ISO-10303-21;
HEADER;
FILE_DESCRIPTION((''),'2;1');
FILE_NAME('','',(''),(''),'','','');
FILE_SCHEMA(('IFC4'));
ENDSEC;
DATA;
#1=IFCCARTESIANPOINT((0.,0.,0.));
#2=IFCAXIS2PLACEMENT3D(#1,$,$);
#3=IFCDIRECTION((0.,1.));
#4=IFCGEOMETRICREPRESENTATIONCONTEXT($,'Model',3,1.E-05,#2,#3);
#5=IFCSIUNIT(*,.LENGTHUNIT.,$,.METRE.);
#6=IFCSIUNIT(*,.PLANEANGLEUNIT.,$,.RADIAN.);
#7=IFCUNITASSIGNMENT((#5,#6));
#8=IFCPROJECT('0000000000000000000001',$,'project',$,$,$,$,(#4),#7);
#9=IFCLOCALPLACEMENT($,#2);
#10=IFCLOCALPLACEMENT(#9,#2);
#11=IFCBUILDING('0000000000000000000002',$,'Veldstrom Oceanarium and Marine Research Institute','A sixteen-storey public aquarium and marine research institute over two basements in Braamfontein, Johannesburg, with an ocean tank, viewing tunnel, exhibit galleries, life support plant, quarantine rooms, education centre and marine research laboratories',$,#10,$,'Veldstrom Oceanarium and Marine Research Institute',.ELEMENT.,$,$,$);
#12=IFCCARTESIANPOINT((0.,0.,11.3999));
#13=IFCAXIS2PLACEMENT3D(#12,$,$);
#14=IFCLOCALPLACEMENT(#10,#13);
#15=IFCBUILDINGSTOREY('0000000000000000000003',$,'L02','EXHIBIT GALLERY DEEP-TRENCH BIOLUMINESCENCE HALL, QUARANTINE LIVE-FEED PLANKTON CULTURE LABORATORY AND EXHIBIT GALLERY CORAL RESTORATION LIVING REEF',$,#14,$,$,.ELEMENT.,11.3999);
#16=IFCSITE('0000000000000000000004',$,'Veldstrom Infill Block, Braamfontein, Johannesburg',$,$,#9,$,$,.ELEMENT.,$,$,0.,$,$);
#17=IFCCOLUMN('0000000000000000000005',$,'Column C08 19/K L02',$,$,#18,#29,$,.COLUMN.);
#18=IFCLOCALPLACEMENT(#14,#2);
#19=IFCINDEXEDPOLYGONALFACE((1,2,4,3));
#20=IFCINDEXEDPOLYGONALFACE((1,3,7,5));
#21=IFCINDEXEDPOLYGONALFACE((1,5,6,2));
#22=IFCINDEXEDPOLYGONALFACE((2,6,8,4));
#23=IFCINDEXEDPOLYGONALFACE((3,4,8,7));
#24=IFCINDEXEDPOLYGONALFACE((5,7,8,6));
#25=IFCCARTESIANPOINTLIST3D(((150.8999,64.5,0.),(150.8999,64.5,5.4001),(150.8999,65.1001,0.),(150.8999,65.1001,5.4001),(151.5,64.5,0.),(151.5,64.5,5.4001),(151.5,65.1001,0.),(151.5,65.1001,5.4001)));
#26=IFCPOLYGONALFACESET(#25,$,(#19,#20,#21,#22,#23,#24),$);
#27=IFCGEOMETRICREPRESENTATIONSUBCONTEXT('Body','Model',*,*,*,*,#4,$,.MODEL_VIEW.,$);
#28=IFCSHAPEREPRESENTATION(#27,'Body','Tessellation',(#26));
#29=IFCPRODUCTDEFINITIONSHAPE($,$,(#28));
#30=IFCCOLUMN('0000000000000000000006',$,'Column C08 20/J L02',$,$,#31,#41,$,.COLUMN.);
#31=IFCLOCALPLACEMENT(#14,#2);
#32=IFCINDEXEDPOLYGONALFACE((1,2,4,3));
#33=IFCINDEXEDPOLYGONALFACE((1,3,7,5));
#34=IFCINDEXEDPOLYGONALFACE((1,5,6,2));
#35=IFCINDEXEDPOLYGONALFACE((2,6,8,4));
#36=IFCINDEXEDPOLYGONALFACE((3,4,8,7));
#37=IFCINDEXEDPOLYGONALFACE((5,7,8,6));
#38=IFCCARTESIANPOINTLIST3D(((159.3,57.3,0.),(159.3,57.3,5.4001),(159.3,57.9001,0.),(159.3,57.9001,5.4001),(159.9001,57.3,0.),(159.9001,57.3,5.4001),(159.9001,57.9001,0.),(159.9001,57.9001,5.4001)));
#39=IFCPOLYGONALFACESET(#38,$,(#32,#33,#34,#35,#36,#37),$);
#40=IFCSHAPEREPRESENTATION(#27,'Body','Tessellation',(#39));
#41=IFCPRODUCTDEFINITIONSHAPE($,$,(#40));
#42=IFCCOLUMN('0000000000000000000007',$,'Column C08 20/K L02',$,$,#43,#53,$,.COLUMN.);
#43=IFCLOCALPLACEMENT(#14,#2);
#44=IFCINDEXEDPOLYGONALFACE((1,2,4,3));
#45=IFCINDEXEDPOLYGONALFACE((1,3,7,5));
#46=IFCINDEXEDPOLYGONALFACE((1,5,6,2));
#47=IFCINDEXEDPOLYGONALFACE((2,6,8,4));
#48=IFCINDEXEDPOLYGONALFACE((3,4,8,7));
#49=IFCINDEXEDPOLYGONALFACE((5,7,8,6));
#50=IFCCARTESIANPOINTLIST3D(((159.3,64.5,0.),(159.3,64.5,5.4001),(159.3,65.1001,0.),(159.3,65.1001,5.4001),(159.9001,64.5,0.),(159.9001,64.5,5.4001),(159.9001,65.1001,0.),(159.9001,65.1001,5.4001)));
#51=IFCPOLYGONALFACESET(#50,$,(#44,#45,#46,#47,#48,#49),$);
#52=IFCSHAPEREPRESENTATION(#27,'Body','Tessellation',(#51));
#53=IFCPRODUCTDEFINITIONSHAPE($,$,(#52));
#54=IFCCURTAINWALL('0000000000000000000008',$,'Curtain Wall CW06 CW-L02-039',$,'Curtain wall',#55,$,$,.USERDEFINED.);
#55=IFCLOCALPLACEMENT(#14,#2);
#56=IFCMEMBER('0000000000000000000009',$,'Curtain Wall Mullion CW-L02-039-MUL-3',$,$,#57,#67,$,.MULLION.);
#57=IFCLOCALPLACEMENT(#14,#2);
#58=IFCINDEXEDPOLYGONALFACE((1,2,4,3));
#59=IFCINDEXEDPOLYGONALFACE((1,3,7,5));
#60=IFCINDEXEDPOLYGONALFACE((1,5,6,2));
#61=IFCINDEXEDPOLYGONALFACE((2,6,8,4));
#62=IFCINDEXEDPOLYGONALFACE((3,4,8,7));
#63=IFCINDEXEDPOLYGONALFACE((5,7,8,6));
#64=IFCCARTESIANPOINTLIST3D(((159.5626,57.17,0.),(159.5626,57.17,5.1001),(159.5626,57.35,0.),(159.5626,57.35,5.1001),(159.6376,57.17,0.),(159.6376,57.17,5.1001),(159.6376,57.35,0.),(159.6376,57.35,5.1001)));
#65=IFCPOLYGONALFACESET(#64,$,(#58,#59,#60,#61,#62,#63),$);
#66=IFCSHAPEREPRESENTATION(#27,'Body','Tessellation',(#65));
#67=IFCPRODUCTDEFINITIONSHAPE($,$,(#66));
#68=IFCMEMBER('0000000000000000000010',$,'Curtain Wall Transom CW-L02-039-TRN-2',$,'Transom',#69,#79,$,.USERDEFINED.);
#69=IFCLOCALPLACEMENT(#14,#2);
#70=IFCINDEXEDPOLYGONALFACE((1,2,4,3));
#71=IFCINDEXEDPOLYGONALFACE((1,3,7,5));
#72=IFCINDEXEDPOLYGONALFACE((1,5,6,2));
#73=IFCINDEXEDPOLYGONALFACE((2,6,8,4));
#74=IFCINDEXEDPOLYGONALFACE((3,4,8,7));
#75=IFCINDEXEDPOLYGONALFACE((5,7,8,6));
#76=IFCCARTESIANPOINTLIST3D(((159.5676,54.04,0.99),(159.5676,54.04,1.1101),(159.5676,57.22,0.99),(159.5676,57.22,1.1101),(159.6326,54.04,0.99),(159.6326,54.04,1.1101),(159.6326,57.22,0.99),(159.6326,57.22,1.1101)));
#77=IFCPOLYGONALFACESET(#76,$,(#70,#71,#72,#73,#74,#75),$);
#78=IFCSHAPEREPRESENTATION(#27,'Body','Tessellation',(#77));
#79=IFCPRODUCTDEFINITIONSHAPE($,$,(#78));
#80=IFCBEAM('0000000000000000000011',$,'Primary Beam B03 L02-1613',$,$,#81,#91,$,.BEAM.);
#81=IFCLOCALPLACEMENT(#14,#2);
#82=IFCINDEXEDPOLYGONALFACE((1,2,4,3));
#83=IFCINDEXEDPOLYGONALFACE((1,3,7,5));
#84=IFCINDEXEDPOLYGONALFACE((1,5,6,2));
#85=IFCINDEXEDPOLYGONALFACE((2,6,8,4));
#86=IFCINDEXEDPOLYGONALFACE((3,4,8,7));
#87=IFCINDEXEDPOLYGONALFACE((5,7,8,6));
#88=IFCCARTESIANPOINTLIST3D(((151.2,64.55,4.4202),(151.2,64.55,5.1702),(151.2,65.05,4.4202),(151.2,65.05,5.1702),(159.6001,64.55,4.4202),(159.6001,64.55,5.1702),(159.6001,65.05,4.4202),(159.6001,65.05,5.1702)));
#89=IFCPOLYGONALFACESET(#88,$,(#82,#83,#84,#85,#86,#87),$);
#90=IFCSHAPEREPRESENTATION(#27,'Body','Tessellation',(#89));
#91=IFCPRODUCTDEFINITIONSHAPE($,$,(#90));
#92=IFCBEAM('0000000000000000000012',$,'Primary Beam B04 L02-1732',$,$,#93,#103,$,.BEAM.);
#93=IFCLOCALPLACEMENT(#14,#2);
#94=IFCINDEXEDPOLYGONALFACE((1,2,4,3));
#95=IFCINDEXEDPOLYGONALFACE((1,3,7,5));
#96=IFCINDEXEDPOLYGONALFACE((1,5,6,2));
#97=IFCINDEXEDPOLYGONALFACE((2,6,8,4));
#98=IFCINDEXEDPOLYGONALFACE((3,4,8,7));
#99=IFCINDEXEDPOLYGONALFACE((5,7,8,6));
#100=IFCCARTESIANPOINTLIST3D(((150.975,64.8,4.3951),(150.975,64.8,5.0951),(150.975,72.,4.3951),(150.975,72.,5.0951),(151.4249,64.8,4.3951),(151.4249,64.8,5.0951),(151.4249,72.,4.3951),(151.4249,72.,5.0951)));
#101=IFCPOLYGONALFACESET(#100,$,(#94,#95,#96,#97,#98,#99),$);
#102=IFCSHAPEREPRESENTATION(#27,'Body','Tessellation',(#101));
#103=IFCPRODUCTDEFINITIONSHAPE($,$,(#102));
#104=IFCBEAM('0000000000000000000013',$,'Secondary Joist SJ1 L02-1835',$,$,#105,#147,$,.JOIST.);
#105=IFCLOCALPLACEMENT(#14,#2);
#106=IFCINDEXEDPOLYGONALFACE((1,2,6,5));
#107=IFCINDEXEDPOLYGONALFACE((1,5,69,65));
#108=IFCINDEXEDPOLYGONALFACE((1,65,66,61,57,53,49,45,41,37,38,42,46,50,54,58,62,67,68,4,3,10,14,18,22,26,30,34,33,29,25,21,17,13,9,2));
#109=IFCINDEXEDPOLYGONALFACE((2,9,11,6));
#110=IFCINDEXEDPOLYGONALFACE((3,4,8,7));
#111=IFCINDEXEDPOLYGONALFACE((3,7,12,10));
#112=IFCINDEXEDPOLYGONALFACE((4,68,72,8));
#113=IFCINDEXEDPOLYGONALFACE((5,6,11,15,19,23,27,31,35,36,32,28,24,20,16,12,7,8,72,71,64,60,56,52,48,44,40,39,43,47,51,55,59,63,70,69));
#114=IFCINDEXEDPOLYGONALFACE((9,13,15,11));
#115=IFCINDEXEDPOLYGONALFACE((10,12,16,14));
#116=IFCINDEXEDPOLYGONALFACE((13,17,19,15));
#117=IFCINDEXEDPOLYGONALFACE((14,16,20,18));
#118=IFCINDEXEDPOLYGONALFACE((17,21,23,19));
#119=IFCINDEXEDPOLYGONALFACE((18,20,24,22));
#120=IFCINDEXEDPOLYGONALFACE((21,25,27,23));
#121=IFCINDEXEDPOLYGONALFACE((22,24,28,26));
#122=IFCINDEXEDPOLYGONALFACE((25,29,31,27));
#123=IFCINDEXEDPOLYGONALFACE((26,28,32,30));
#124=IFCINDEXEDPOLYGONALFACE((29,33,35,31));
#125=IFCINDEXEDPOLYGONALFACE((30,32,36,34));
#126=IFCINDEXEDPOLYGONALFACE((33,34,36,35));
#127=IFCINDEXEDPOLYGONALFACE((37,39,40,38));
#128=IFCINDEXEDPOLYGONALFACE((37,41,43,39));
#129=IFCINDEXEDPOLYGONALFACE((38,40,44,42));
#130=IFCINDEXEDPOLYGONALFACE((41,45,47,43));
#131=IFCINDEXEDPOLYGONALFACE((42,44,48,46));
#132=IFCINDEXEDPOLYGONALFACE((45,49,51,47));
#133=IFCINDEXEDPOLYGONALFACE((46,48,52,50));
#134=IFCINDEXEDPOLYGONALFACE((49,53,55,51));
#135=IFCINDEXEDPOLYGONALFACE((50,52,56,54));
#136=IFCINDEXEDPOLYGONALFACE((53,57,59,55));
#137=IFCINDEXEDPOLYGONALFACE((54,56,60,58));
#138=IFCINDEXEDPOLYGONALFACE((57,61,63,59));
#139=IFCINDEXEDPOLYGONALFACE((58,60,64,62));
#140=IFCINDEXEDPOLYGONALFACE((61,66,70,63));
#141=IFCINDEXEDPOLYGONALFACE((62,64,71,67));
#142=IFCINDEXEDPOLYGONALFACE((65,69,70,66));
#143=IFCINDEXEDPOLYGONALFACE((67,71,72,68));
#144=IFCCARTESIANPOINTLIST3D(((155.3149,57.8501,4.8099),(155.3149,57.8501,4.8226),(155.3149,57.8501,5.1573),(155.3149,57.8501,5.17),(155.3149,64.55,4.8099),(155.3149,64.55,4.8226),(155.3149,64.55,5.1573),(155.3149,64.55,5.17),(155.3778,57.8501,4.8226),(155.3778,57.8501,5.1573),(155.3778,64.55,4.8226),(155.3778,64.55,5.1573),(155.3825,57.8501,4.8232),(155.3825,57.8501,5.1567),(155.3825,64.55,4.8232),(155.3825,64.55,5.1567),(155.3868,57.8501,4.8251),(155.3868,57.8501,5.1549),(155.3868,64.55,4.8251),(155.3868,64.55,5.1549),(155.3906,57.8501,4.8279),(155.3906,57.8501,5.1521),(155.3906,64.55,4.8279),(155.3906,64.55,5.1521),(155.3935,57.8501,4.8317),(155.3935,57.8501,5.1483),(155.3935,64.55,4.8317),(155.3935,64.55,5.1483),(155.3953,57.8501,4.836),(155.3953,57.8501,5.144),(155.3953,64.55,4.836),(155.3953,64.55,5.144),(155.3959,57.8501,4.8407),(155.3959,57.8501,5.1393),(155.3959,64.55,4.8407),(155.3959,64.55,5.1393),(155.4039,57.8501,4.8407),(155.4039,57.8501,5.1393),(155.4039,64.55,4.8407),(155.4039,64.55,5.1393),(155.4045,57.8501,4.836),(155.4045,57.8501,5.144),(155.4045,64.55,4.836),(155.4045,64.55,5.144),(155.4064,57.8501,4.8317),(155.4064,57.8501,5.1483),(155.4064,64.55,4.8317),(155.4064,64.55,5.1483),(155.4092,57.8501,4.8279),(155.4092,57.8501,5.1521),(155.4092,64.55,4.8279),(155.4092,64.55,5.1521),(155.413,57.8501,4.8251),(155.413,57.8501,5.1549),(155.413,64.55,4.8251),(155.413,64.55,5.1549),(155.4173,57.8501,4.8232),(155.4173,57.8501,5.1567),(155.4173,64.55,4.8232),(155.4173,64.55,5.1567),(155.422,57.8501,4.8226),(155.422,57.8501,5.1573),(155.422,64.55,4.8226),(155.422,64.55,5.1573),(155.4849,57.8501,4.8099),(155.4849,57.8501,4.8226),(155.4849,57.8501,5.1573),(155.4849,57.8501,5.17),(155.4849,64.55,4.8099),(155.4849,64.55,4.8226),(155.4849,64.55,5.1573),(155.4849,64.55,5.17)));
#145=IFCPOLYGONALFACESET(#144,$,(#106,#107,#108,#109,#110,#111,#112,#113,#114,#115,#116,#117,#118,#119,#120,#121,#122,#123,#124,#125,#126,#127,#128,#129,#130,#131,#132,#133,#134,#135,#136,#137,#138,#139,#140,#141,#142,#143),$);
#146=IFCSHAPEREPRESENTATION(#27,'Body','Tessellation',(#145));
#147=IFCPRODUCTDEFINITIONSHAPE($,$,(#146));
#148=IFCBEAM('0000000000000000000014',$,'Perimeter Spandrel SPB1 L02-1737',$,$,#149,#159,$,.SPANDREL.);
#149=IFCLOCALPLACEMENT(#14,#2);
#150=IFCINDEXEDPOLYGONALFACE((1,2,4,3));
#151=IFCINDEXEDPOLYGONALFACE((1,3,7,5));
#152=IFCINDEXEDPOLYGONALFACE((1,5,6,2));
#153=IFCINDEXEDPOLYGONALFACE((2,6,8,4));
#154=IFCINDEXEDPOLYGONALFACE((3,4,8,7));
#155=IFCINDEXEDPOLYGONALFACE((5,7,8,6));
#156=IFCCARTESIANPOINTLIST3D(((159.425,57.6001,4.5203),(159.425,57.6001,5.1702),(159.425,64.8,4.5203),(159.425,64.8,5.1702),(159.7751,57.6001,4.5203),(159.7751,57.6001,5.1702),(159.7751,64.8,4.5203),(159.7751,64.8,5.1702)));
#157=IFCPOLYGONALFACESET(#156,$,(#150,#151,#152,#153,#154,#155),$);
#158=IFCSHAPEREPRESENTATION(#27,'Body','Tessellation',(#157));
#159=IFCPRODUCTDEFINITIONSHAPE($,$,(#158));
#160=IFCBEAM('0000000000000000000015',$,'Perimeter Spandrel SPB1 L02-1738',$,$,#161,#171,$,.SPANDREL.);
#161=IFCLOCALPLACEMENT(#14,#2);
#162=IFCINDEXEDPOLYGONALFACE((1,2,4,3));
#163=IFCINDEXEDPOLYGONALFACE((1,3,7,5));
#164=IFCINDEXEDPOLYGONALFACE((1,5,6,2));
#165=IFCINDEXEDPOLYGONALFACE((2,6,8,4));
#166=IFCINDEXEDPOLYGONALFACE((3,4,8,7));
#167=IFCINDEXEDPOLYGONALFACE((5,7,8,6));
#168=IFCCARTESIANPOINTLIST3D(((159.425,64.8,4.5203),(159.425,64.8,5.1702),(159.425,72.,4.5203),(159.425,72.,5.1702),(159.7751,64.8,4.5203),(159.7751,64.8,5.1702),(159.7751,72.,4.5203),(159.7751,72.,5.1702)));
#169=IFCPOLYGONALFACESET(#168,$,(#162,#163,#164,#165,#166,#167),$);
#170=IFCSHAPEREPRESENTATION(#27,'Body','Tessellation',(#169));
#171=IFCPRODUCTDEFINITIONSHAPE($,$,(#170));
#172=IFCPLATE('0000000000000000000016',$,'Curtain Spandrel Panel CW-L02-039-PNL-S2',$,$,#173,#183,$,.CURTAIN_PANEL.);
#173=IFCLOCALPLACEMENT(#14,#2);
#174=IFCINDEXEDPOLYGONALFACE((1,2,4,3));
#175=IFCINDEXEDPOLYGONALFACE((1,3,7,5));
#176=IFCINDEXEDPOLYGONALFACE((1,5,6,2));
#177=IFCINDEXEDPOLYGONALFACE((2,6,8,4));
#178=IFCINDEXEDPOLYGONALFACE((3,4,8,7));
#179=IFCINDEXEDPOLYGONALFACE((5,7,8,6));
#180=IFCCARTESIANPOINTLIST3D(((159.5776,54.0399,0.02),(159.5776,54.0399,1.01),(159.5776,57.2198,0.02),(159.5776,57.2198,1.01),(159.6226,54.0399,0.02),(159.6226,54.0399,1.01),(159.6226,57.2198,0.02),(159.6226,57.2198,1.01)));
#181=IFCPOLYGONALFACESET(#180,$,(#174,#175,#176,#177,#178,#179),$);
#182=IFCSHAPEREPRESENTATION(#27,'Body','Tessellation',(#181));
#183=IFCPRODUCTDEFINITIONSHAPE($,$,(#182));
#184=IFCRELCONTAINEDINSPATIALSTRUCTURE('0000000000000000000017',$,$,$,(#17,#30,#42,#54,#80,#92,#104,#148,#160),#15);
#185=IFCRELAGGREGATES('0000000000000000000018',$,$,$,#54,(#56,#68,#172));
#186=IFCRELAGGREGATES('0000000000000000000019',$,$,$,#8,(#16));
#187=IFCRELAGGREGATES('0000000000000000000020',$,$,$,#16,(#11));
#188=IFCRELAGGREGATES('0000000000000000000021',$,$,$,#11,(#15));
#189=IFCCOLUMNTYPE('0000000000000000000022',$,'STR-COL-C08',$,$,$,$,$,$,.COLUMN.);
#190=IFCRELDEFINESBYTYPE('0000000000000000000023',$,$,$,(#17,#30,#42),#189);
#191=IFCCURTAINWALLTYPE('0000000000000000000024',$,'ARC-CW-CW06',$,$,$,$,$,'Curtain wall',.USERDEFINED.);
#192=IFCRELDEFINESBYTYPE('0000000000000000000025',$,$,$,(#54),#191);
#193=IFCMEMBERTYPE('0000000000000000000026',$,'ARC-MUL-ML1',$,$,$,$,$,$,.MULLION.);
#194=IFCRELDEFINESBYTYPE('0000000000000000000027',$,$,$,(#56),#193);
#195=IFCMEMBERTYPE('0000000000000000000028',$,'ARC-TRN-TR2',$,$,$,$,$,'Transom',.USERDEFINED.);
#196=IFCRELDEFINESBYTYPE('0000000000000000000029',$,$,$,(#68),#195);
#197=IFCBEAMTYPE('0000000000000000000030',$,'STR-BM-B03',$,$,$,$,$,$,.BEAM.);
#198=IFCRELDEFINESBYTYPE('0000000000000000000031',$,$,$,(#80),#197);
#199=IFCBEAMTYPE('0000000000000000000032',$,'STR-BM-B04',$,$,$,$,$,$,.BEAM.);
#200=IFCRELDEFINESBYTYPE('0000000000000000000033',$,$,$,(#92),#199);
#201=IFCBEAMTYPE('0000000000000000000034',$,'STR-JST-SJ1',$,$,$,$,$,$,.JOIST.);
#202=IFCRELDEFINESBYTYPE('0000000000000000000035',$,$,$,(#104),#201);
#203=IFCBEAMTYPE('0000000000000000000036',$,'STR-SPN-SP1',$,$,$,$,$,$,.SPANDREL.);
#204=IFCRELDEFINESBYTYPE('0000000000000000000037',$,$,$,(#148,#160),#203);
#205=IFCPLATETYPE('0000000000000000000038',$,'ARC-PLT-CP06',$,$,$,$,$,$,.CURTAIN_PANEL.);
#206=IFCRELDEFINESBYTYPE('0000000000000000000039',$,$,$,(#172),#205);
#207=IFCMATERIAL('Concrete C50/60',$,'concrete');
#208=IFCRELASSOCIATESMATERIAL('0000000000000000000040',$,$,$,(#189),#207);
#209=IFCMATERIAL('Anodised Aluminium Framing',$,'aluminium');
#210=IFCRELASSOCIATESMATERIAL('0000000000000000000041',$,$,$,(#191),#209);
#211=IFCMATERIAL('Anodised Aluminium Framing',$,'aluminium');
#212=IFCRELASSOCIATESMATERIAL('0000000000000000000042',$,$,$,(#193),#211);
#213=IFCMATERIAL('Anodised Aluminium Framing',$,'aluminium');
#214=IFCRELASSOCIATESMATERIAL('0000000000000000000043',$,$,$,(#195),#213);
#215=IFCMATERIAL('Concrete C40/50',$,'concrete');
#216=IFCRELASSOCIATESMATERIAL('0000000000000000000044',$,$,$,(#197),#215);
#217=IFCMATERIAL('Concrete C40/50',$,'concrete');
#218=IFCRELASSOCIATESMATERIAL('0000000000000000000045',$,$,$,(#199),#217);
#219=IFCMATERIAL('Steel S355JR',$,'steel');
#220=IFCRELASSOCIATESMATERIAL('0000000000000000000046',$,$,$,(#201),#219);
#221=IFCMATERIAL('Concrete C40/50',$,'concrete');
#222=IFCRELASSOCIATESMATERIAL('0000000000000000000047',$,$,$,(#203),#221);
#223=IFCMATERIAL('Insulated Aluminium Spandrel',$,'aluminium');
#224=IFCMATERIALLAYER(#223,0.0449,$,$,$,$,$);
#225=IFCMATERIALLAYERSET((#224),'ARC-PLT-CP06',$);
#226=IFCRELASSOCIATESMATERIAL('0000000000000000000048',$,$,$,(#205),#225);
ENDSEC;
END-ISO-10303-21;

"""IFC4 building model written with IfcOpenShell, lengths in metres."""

from ifc_helpers import new_model, si_unit, direction, frame, origin, origin_2d, place, context, subcontext, project, spatial, rectangle, i_section, extrude, material, layer, layer_set, material_profile, profile_set, type_object, element, aggregate, save


model = new_model("IFC4")

# Units and contexts
model_context = context("Model", 3, precision=1e-05, world=origin(), true_north=direction((0.0, 1.0)))
body_context = subcontext(model_context, "Body", "Model", "MODEL_VIEW")
ifc_project = project(units=[si_unit("LENGTHUNIT", "METRE"), si_unit("PLANEANGLEUNIT", "RADIAN")], contexts=[model_context])

# Site, building, storey
site_placement = place(None, origin())
site = spatial("IfcSite", under=ifc_project, at=site_placement, Name="Veldstrom Infill Block, Braamfontein, Johannesburg", CompositionType="ELEMENT", RefElevation=0.0)
building_placement = place(site_placement, origin())
building = spatial("IfcBuilding", under=site, at=building_placement, Name="Veldstrom Oceanarium and Marine Research Institute", Description="A sixteen-storey public aquarium and marine research institute over two basements in Braamfontein, Johannesburg, with an ocean tank, viewing tunnel, exhibit galleries, life support plant, quarantine rooms, education centre and marine research laboratories", LongName="Veldstrom Oceanarium and Marine Research Institute", CompositionType="ELEMENT")
storey_placement = place(building_placement, frame((0.0, 0.0, 11.3999)))
storey = spatial("IfcBuildingStorey", under=building, at=storey_placement, Name="L02", Description="EXHIBIT GALLERY DEEP-TRENCH BIOLUMINESCENCE HALL, QUARANTINE LIVE-FEED PLANKTON CULTURE LABORATORY AND EXHIBIT GALLERY CORAL RESTORATION LIVING REEF", CompositionType="ELEMENT", Elevation=11.3999)

# Columns
ifc_material_1 = material(Name="Concrete C50/60", Category="concrete")
ifc_material_profile_1 = material_profile(ifc_material_1, rectangle(XDim=0.6001, YDim=0.6001, at=origin_2d()), Name="RC-COL-600x600")
ifc_profile_set_1 = profile_set([ifc_material_profile_1], Name="Concrete C50/60")
column_type = type_object("IfcColumnType", Name="STR-COL-C08", PredefinedType="COLUMN", material=ifc_profile_set_1)
for number, where, z_axis, x_axis, name in (
    (1, (151.2, 64.8, 0.0), (0.0, 0.0, 1.0), (1.0, 0.0, 0.0), "Column C08 19/K L02"),
    (2, (159.6001, 57.6001, 0.0), (0.0, 0.0, 1.0), (1.0, 0.0, 0.0), "Column C08 20/J L02"),
    (3, (159.6001, 64.8, 0.0), (0.0, 0.0, 1.0), (1.0, 0.0, 0.0), "Column C08 20/K L02"),
):
    element("IfcColumn", number, at=place(storey_placement, frame(where, z_axis=z_axis, x_axis=x_axis)), inside=storey, type_object=column_type, Name=name, PredefinedType="COLUMN", context=body_context, shape_type="SweptSolid", body=[
        extrude(rectangle(XDim=0.6001, YDim=0.6001, at=origin_2d()), origin(), (0.0, 0.0, 1.0), 5.4001),
    ])

# Curtain wall, members
ifc_material_2 = material(Name="Anodised Aluminium Framing", Category="aluminium")
curtain_wall_type = type_object("IfcCurtainWallType", Name="ARC-CW-CW06", ElementType="Curtain wall", PredefinedType="USERDEFINED", material=ifc_material_2)
curtain_wall_placement = place(storey_placement, origin())
curtain_wall = element("IfcCurtainWall", 4, at=curtain_wall_placement, inside=storey, type_object=curtain_wall_type, Name="Curtain Wall CW06 CW-L02-039", ObjectType="Curtain wall", PredefinedType="USERDEFINED")
ifc_material_3 = material(Name="Anodised Aluminium Framing", Category="aluminium")
ifc_material_profile_2 = material_profile(ifc_material_3, rectangle(XDim=0.075, YDim=0.1799, at=origin_2d()), Name="ALU-MUL-75x180")
ifc_profile_set_2 = profile_set([ifc_material_profile_2], Name="Anodised Aluminium Framing")
member_type_1 = type_object("IfcMemberType", Name="ARC-MUL-ML1", PredefinedType="MULLION", material=ifc_profile_set_2)
member_1_placement = place(storey_placement, frame((159.6001, 57.26, 0.0), z_axis=(0.0, 0.0, 1.0), x_axis=(1.0, 0.0, 0.0)))
member_1 = element("IfcMember", 5, at=member_1_placement, type_object=member_type_1, Name="Curtain Wall Mullion CW-L02-039-MUL-3", PredefinedType="MULLION", context=body_context, shape_type="SweptSolid", body=[
    extrude(rectangle(XDim=0.075, YDim=0.1799, at=origin_2d()), origin(), (0.0, 0.0, 1.0), 5.1001),
])
ifc_material_4 = material(Name="Anodised Aluminium Framing", Category="aluminium")
ifc_material_profile_3 = material_profile(ifc_material_4, rectangle(XDim=0.0649, YDim=0.1201, at=origin_2d()), Name="ALU-TRN-65x120")
ifc_profile_set_3 = profile_set([ifc_material_profile_3], Name="Anodised Aluminium Framing")
member_type_2 = type_object("IfcMemberType", Name="ARC-TRN-TR2", ElementType="Transom", PredefinedType="USERDEFINED", material=ifc_profile_set_3)
member_2_placement = place(storey_placement, frame((159.6001, 54.04, 1.05), z_axis=(0.0, 1.0, 0.0), x_axis=(-1.0, 0.0, 0.0)))
member_2 = element("IfcMember", 6, at=member_2_placement, type_object=member_type_2, Name="Curtain Wall Transom CW-L02-039-TRN-2", ObjectType="Transom", PredefinedType="USERDEFINED", context=body_context, shape_type="SweptSolid", body=[
    extrude(rectangle(XDim=0.0649, YDim=0.1201, at=origin_2d()), origin(), (0.0, 0.0, 1.0), 3.1799),
])

# Beams
ifc_material_5 = material(Name="Concrete C40/50", Category="concrete")
ifc_material_profile_4 = material_profile(ifc_material_5, rectangle(XDim=0.5, YDim=0.75, at=origin_2d()), Name="RC-BM-500x750")
ifc_profile_set_4 = profile_set([ifc_material_profile_4], Name="Concrete C40/50")
beam_type_1 = type_object("IfcBeamType", Name="STR-BM-B03", PredefinedType="BEAM", material=ifc_profile_set_4)
beam_1_placement = place(storey_placement, frame((151.2, 64.8, 4.7952), z_axis=(1.0, 0.0, 0.0), x_axis=(0.0, 1.0, 0.0)))
element("IfcBeam", 7, at=beam_1_placement, inside=storey, type_object=beam_type_1, Name="Primary Beam B03 L02-1613", PredefinedType="BEAM", context=body_context, shape_type="SweptSolid", body=[
    extrude(rectangle(XDim=0.5, YDim=0.75, at=origin_2d()), origin(), (0.0, 0.0, 1.0), 8.4001),
])
ifc_material_6 = material(Name="Concrete C40/50", Category="concrete")
ifc_material_profile_5 = material_profile(ifc_material_6, rectangle(XDim=0.45, YDim=0.7, at=origin_2d()), Name="RC-BM-450x700")
ifc_profile_set_5 = profile_set([ifc_material_profile_5], Name="Concrete C40/50")
beam_type_2 = type_object("IfcBeamType", Name="STR-BM-B04", PredefinedType="BEAM", material=ifc_profile_set_5)
beam_2_placement = place(storey_placement, frame((151.2, 64.8, 4.7451), z_axis=(0.0, 1.0, 0.0), x_axis=(-1.0, 0.0, 0.0)))
element("IfcBeam", 8, at=beam_2_placement, inside=storey, type_object=beam_type_2, Name="Primary Beam B04 L02-1732", PredefinedType="BEAM", context=body_context, shape_type="SweptSolid", body=[
    extrude(rectangle(XDim=0.45, YDim=0.7, at=origin_2d()), origin(), (0.0, 0.0, 1.0), 7.2),
])
ifc_material_7 = material(Name="Steel S355JR", Category="steel")
ifc_material_profile_6 = material_profile(ifc_material_7, i_section(OverallWidth=0.1699, OverallDepth=0.3601, WebThickness=0.0081, FlangeThickness=0.0127, FilletRadius=0.0181, at=origin_2d()), Name="IPE 360")
ifc_profile_set_6 = profile_set([ifc_material_profile_6], Name="Steel S355JR")
beam_type_3 = type_object("IfcBeamType", Name="STR-JST-SJ1", PredefinedType="JOIST", material=ifc_profile_set_6)
beam_3_placement = place(storey_placement, frame((155.3999, 57.8501, 4.99), z_axis=(0.0, 1.0, 0.0), x_axis=(-1.0, 0.0, 0.0)))
element("IfcBeam", 9, at=beam_3_placement, inside=storey, type_object=beam_type_3, Name="Secondary Joist SJ1 L02-1835", PredefinedType="JOIST", context=body_context, shape_type="SweptSolid", body=[
    extrude(i_section(OverallWidth=0.1699, OverallDepth=0.3601, WebThickness=0.0081, FlangeThickness=0.0127, FilletRadius=0.0181, at=origin_2d()), origin(), (0.0, 0.0, 1.0), 6.7),
])
ifc_material_8 = material(Name="Concrete C40/50", Category="concrete")
ifc_material_profile_7 = material_profile(ifc_material_8, rectangle(XDim=0.3501, YDim=0.6499, at=origin_2d()), Name="RC-SPN-350x650")
ifc_profile_set_7 = profile_set([ifc_material_profile_7], Name="Concrete C40/50")
beam_type_4 = type_object("IfcBeamType", Name="STR-SPN-SP1", PredefinedType="SPANDREL", material=ifc_profile_set_7)
for number, where, z_axis, x_axis, name in (
    (10, (159.6001, 57.6001, 4.8452), (0.0, 1.0, 0.0), (-1.0, 0.0, 0.0), "Perimeter Spandrel SPB1 L02-1737"),
    (11, (159.6001, 64.8, 4.8452), (0.0, 1.0, 0.0), (-1.0, 0.0, 0.0), "Perimeter Spandrel SPB1 L02-1738"),
):
    element("IfcBeam", number, at=place(storey_placement, frame(where, z_axis=z_axis, x_axis=x_axis)), inside=storey, type_object=beam_type_4, Name=name, PredefinedType="SPANDREL", context=body_context, shape_type="SweptSolid", body=[
        extrude(rectangle(XDim=0.3501, YDim=0.6499, at=origin_2d()), origin(), (0.0, 0.0, 1.0), 7.2),
    ])

# Plate
ifc_material_9 = material(Name="Insulated Aluminium Spandrel", Category="aluminium")
ifc_layer_1 = layer(ifc_material_9, 0.0449)
ifc_layer_set_1 = layer_set([ifc_layer_1], Name="ARC-PLT-CP06")
plate_type_1 = type_object("IfcPlateType", Name="ARC-PLT-CP06", PredefinedType="CURTAIN_PANEL", material=ifc_layer_set_1)
plate_1_placement = place(storey_placement, frame((159.6001, 55.6299, 0.02), z_axis=(0.0, 0.0, 1.0), x_axis=(0.0, 1.0, 0.0)))
plate_1 = element("IfcPlate", 12, at=plate_1_placement, type_object=plate_type_1, Name="Curtain Spandrel Panel CW-L02-039-PNL-S2", PredefinedType="CURTAIN_PANEL", context=body_context, shape_type="SweptSolid", body=[
    extrude(rectangle(XDim=3.1799, YDim=0.0449, at=origin_2d()), origin(), (0.0, 0.0, 1.0), 0.99),
])
aggregate(curtain_wall, [member_1, member_2, plate_1])

save(model, "model.ifc")
